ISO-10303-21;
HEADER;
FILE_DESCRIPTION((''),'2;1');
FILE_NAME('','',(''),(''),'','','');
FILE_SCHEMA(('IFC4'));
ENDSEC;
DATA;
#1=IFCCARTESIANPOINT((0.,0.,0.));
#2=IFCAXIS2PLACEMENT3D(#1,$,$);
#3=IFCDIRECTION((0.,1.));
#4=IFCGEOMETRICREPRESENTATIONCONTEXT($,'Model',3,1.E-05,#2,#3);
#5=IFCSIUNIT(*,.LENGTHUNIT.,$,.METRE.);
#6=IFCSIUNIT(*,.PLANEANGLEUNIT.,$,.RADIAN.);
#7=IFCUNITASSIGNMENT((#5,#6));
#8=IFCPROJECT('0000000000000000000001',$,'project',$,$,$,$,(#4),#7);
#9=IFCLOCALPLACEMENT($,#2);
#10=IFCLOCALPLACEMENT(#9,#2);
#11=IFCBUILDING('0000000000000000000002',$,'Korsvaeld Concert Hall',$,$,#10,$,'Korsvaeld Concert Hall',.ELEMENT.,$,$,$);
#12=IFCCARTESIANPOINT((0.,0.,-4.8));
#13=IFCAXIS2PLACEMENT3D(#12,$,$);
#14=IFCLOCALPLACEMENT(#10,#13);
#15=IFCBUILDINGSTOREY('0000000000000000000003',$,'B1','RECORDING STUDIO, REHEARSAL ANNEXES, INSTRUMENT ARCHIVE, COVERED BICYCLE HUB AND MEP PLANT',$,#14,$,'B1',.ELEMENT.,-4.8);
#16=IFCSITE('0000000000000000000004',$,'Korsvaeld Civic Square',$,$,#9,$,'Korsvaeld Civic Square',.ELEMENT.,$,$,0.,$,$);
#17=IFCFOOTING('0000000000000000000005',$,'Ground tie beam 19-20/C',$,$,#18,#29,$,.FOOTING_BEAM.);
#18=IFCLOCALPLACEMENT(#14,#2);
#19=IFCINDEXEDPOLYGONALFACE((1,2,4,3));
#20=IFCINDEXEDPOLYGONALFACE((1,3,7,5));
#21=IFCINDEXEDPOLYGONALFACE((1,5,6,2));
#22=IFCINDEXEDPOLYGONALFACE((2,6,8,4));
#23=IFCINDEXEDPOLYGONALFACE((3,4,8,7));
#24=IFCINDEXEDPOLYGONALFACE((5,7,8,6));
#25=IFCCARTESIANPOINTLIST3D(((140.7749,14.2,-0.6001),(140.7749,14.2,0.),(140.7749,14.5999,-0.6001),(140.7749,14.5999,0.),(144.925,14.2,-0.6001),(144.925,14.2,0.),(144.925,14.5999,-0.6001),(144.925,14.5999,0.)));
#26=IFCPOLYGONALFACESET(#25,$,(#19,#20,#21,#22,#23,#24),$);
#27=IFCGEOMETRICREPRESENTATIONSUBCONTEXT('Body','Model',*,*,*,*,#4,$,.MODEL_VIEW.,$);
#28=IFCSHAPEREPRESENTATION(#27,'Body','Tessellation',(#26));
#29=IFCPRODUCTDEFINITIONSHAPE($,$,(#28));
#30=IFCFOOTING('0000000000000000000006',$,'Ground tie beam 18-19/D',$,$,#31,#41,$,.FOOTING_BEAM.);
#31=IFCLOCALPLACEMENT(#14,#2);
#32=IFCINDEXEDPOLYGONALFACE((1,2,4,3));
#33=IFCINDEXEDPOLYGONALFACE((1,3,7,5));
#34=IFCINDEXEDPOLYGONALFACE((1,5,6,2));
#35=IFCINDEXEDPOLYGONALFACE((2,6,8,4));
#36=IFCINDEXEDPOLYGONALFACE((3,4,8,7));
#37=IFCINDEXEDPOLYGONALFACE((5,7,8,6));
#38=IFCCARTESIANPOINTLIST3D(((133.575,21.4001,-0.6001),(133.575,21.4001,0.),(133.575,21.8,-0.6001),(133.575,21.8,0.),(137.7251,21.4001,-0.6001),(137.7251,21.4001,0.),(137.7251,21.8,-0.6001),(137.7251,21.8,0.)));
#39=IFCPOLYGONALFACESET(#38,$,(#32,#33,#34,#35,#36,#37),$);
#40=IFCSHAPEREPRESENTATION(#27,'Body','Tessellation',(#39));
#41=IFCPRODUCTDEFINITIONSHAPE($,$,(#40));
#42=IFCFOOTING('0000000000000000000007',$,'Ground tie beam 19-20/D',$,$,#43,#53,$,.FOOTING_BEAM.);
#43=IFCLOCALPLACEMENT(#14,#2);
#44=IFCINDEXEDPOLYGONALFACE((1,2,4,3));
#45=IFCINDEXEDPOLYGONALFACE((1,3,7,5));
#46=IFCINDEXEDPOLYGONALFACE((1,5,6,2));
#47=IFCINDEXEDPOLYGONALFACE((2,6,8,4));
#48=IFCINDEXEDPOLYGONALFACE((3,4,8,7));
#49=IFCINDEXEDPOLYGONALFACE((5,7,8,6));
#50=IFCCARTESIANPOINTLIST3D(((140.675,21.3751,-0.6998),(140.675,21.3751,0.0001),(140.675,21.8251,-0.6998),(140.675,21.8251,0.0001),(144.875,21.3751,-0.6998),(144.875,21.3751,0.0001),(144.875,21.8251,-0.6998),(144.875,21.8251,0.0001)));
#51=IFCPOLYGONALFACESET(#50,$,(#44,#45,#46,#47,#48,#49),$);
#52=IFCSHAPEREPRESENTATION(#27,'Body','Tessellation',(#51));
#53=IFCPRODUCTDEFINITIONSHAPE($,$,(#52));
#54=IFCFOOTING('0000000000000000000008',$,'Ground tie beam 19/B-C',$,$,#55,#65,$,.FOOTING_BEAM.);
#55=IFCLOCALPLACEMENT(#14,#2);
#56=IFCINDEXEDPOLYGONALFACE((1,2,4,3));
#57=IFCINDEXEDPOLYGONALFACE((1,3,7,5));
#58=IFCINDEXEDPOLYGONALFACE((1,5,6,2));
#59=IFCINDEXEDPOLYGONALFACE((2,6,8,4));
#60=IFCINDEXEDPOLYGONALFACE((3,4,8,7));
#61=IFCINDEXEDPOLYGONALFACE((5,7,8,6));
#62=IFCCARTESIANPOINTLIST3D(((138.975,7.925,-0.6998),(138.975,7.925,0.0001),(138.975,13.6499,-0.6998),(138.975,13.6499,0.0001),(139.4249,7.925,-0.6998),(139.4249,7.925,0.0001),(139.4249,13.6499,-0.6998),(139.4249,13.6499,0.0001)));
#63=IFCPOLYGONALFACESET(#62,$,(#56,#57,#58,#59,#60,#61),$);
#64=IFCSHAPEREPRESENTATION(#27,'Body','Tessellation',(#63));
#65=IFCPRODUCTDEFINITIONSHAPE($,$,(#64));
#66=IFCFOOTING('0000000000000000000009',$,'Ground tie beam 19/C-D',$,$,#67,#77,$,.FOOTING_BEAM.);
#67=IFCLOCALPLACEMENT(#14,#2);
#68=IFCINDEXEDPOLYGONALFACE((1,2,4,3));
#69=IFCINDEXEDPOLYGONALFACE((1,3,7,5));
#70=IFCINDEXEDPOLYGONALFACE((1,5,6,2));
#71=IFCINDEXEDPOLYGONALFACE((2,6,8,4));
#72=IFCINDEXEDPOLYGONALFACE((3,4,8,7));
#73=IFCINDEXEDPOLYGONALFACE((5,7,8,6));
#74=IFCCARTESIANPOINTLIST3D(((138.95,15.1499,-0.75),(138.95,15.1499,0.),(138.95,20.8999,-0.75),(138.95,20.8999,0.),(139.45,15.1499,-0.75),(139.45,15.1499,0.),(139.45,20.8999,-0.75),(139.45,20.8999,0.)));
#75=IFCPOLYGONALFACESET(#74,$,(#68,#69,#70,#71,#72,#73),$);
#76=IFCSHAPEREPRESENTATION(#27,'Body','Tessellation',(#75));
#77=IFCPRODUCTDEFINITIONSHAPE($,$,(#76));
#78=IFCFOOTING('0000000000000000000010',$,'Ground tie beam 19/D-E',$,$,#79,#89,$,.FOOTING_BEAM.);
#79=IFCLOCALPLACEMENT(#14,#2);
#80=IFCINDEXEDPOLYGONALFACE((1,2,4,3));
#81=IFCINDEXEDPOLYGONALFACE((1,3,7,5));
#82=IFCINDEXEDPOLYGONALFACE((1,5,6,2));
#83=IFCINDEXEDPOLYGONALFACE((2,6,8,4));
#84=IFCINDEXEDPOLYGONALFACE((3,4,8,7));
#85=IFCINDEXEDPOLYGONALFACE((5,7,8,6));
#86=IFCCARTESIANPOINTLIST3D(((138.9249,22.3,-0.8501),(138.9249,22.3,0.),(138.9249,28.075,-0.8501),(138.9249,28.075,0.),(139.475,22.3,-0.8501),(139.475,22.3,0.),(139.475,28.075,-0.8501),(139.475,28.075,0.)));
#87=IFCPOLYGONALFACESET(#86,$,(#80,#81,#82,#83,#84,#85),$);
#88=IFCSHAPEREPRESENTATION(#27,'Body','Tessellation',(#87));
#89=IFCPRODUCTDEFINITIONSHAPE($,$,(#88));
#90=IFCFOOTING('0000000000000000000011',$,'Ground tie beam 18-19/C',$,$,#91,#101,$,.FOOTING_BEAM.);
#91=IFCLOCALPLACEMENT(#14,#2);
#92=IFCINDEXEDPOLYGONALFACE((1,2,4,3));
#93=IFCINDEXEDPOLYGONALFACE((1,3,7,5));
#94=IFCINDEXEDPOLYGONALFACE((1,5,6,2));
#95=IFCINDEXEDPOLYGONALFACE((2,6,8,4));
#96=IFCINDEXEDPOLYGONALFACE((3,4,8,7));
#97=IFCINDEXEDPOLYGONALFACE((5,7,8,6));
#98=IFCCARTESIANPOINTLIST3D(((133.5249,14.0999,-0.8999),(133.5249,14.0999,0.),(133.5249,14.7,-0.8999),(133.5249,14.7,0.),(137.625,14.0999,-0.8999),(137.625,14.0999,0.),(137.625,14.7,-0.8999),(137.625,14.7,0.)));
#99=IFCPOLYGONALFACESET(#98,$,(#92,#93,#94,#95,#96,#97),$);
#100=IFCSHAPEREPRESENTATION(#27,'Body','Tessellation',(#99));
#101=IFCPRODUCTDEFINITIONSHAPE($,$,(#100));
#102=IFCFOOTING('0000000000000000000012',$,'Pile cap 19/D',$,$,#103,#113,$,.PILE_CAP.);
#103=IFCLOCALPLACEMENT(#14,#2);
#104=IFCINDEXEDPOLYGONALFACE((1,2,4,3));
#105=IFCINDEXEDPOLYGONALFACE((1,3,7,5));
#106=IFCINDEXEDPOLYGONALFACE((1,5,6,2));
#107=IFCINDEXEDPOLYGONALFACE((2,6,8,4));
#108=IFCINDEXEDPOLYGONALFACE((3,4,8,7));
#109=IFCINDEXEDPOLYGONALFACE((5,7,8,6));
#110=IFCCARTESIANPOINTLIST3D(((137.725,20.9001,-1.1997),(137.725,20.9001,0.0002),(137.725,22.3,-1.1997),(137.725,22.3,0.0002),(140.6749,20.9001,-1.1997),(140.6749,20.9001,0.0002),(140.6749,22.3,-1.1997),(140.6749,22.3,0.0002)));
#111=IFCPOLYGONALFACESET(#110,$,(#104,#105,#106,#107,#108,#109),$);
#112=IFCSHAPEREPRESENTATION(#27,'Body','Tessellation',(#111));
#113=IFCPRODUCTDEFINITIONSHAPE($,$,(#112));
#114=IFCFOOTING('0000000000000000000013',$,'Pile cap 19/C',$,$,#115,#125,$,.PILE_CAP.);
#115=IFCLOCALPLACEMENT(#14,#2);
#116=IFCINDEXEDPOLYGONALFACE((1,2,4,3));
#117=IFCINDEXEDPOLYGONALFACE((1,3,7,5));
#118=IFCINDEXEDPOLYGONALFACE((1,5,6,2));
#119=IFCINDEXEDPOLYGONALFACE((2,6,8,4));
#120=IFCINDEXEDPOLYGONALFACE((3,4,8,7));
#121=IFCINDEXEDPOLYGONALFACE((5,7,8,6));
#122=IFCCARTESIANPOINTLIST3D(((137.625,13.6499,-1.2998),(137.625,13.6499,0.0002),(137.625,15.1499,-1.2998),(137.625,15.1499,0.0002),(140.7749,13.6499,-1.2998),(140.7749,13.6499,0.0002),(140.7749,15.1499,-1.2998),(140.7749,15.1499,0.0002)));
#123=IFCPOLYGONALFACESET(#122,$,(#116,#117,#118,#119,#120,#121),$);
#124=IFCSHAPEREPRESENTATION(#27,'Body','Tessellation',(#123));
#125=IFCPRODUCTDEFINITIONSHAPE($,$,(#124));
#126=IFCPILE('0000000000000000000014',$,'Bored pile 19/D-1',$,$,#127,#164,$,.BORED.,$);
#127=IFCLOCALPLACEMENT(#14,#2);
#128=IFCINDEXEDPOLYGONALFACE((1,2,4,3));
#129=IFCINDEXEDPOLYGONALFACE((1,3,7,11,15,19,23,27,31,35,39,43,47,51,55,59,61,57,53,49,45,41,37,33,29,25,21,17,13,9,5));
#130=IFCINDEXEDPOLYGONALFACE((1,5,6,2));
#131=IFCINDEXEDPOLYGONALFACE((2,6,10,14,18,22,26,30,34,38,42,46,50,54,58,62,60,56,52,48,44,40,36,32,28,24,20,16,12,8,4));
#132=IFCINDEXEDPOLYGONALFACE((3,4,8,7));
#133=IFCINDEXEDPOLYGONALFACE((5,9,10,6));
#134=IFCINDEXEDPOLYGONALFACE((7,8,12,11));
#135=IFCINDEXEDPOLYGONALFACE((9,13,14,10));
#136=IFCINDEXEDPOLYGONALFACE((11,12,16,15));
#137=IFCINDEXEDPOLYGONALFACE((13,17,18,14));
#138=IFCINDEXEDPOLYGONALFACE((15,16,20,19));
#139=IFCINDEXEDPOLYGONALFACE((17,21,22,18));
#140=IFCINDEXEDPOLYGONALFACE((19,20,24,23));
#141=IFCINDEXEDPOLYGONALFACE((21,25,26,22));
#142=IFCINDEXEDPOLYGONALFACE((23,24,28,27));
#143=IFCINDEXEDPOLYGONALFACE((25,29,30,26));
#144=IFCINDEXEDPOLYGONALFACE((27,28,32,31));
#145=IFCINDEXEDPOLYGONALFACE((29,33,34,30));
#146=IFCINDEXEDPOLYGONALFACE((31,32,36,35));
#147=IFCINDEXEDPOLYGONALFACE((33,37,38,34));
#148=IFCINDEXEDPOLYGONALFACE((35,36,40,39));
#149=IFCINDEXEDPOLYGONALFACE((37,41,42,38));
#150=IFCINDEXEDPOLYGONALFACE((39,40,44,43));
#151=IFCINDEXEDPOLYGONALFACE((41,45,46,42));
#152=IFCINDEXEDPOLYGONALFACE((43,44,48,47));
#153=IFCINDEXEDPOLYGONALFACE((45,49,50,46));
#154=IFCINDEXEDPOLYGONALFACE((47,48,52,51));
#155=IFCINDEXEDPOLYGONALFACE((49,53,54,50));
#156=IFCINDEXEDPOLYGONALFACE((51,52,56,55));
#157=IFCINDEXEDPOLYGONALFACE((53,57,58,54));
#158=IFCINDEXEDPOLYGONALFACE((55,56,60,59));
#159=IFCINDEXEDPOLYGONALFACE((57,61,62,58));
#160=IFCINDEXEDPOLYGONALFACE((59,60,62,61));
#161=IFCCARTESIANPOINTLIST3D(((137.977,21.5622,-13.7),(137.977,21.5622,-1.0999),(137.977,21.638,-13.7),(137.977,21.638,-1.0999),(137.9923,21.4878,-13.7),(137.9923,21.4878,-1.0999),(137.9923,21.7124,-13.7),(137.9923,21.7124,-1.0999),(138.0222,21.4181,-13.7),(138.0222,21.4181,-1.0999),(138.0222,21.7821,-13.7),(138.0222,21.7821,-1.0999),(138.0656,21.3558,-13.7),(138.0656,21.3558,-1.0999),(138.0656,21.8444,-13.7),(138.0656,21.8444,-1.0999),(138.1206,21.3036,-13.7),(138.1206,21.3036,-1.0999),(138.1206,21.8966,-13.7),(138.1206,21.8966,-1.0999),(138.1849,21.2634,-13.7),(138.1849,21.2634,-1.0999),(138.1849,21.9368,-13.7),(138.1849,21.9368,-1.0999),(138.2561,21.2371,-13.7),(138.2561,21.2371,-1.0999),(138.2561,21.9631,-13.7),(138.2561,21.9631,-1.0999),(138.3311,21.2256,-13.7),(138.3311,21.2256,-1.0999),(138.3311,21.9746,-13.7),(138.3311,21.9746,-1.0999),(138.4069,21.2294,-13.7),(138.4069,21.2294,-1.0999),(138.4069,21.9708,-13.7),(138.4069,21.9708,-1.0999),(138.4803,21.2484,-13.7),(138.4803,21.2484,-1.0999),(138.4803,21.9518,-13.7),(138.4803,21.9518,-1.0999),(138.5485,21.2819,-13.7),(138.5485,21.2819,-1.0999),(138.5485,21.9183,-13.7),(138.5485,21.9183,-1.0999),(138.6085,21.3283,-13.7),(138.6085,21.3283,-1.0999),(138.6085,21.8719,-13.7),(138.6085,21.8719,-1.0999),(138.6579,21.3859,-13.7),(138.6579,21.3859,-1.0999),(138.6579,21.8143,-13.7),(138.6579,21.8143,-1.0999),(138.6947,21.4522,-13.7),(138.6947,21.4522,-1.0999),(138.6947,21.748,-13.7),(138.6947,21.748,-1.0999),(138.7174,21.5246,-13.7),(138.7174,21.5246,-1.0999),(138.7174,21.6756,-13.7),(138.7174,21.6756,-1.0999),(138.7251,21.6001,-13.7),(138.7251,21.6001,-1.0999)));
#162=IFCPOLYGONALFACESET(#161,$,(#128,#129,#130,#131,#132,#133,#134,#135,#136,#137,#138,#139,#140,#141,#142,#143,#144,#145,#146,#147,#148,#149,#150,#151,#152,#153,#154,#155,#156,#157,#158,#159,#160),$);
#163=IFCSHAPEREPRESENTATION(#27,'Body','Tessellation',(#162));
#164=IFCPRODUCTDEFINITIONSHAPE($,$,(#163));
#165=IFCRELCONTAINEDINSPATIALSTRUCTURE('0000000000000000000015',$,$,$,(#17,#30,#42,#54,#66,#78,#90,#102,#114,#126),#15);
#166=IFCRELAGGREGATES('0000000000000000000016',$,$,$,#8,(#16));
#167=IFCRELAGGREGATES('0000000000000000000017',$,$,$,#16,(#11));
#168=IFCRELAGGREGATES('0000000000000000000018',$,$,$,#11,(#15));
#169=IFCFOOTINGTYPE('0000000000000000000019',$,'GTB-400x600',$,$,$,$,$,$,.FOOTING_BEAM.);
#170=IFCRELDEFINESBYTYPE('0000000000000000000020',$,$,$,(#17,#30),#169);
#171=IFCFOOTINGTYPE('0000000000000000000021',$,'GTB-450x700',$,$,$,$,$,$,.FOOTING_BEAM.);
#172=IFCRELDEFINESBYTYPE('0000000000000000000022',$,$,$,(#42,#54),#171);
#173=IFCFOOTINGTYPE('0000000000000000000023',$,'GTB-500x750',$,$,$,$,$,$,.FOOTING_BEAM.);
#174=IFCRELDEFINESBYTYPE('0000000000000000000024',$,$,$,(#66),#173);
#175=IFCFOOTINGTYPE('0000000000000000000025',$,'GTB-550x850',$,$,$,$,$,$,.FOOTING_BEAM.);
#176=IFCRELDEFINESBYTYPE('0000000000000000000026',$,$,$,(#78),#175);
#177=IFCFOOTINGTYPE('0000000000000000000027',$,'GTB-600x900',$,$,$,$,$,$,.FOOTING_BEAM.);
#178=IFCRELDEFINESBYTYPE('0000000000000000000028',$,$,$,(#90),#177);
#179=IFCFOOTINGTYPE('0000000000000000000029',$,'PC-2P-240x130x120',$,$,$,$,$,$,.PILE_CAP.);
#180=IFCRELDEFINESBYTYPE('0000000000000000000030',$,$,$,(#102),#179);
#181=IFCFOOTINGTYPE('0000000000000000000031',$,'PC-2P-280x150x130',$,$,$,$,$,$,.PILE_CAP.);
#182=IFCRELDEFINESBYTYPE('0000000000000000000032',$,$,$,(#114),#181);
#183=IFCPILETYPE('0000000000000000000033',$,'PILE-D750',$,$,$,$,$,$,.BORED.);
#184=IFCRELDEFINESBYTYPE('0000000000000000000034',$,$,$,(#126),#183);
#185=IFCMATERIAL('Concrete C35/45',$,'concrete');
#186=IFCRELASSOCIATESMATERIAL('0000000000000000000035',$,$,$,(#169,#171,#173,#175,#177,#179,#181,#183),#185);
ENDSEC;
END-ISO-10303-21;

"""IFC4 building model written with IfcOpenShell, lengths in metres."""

from ifc_helpers import new_model, si_unit, direction, frame, origin, origin_2d, place, context, subcontext, project, spatial, rectangle, circle, extrude, material, material_profile, profile_set, type_object, element, save


model = new_model("IFC4")

# Units and contexts
model_context = context("Model", 3, precision=1e-05, world=origin(), true_north=direction((0.0, 1.0)))
body_context = subcontext(model_context, "Body", "Model", "MODEL_VIEW")
ifc_project = project(units=[si_unit("LENGTHUNIT", "METRE"), si_unit("PLANEANGLEUNIT", "RADIAN")], contexts=[model_context])

# Site, building, storey
site_placement = place(None, origin())
site = spatial("IfcSite", under=ifc_project, at=site_placement, Name="Korsvaeld Civic Square", LongName="Korsvaeld Civic Square", CompositionType="ELEMENT", RefElevation=0.0)
building_placement = place(site_placement, origin())
building = spatial("IfcBuilding", under=site, at=building_placement, Name="Korsvaeld Concert Hall", LongName="Korsvaeld Concert Hall", CompositionType="ELEMENT")
storey_placement = place(building_placement, frame((0.0, 0.0, -4.8)))
storey = spatial("IfcBuildingStorey", under=building, at=storey_placement, Name="B1", Description="RECORDING STUDIO, REHEARSAL ANNEXES, INSTRUMENT ARCHIVE, COVERED BICYCLE HUB AND MEP PLANT", LongName="B1", CompositionType="ELEMENT", Elevation=-4.8)

# Footings
ifc_material_1 = material(Name="Concrete C35/45", Category="concrete")
ifc_material_profile_1 = material_profile(ifc_material_1, rectangle(XDim=0.3999, YDim=0.6001, at=origin_2d()), Name="GTB 400x600")
ifc_profile_set_1 = profile_set([ifc_material_profile_1], Name="Concrete C35/45")
footing_type_1 = type_object("IfcFootingType", Name="GTB-400x600", PredefinedType="FOOTING_BEAM", material=ifc_profile_set_1)
for number, where, z_axis, x_axis, name in (
    (1, (140.7749, 14.3999, -0.3), (1.0, 0.0, 0.0), (0.0, 1.0, 0.0), "Ground tie beam 19-20/C"),
    (2, (133.575, 21.6001, -0.3), (1.0, 0.0, 0.0), (0.0, 1.0, 0.0), "Ground tie beam 18-19/D"),
):
    element("IfcFooting", number, at=place(storey_placement, frame(where, z_axis=z_axis, x_axis=x_axis)), inside=storey, type_object=footing_type_1, Name=name, PredefinedType="FOOTING_BEAM", context=body_context, shape_type="SweptSolid", body=[
        extrude(rectangle(XDim=0.3999, YDim=0.6001, at=origin_2d()), origin(), (0.0, 0.0, 1.0), 4.1501),
    ])
ifc_material_profile_2 = material_profile(ifc_material_1, rectangle(XDim=0.45, YDim=0.7, at=origin_2d()), Name="GTB 450x700")
ifc_profile_set_2 = profile_set([ifc_material_profile_2], Name="Concrete C35/45")
footing_type_2 = type_object("IfcFootingType", Name="GTB-450x700", PredefinedType="FOOTING_BEAM", material=ifc_profile_set_2)
footing_1_placement = place(storey_placement, frame((140.675, 21.6001, -0.3499), z_axis=(1.0, 0.0, 0.0), x_axis=(0.0, 1.0, 0.0)))
element("IfcFooting", 3, at=footing_1_placement, inside=storey, type_object=footing_type_2, Name="Ground tie beam 19-20/D", PredefinedType="FOOTING_BEAM", context=body_context, shape_type="SweptSolid", body=[
    extrude(rectangle(XDim=0.45, YDim=0.7, at=origin_2d()), origin(), (0.0, 0.0, 1.0), 4.2),
])
footing_2_placement = place(storey_placement, frame((139.2, 7.925, -0.3499), z_axis=(0.0, 1.0, 0.0), x_axis=(-1.0, 0.0, 0.0)))
element("IfcFooting", 4, at=footing_2_placement, inside=storey, type_object=footing_type_2, Name="Ground tie beam 19/B-C", PredefinedType="FOOTING_BEAM", context=body_context, shape_type="SweptSolid", body=[
    extrude(rectangle(XDim=0.45, YDim=0.7, at=origin_2d()), origin(), (0.0, 0.0, 1.0), 5.7249),
])
ifc_material_profile_3 = material_profile(ifc_material_1, rectangle(XDim=0.5, YDim=0.75, at=origin_2d()), Name="GTB 500x750")
ifc_profile_set_3 = profile_set([ifc_material_profile_3], Name="Concrete C35/45")
footing_type_3 = type_object("IfcFootingType", Name="GTB-500x750", PredefinedType="FOOTING_BEAM", material=ifc_profile_set_3)
footing_3_placement = place(storey_placement, frame((139.2, 15.1499, -0.375), z_axis=(0.0, 1.0, 0.0), x_axis=(-1.0, 0.0, 0.0)))
element("IfcFooting", 5, at=footing_3_placement, inside=storey, type_object=footing_type_3, Name="Ground tie beam 19/C-D", PredefinedType="FOOTING_BEAM", context=body_context, shape_type="SweptSolid", body=[
    extrude(rectangle(XDim=0.5, YDim=0.75, at=origin_2d()), origin(), (0.0, 0.0, 1.0), 5.75),
])
ifc_material_profile_4 = material_profile(ifc_material_1, rectangle(XDim=0.55, YDim=0.8501, at=origin_2d()), Name="GTB 550x850")
ifc_profile_set_4 = profile_set([ifc_material_profile_4], Name="Concrete C35/45")
footing_type_4 = type_object("IfcFootingType", Name="GTB-550x850", PredefinedType="FOOTING_BEAM", material=ifc_profile_set_4)
footing_4_placement = place(storey_placement, frame((139.2, 22.3, -0.425), z_axis=(0.0, 1.0, 0.0), x_axis=(-1.0, 0.0, 0.0)))
element("IfcFooting", 6, at=footing_4_placement, inside=storey, type_object=footing_type_4, Name="Ground tie beam 19/D-E", PredefinedType="FOOTING_BEAM", context=body_context, shape_type="SweptSolid", body=[
    extrude(rectangle(XDim=0.55, YDim=0.8501, at=origin_2d()), origin(), (0.0, 0.0, 1.0), 5.7749),
])
ifc_material_profile_5 = material_profile(ifc_material_1, rectangle(XDim=0.6001, YDim=0.8999, at=origin_2d()), Name="GTB 600x900")
ifc_profile_set_5 = profile_set([ifc_material_profile_5], Name="Concrete C35/45")
footing_type_5 = type_object("IfcFootingType", Name="GTB-600x900", PredefinedType="FOOTING_BEAM", material=ifc_profile_set_5)
footing_5_placement = place(storey_placement, frame((133.5249, 14.3999, -0.45), z_axis=(1.0, 0.0, 0.0), x_axis=(0.0, 1.0, 0.0)))
element("IfcFooting", 7, at=footing_5_placement, inside=storey, type_object=footing_type_5, Name="Ground tie beam 18-19/C", PredefinedType="FOOTING_BEAM", context=body_context, shape_type="SweptSolid", body=[
    extrude(rectangle(XDim=0.6001, YDim=0.8999, at=origin_2d()), origin(), (0.0, 0.0, 1.0), 4.1001),
])
footing_type_6 = type_object("IfcFootingType", Name="PC-2P-240x130x120", PredefinedType="PILE_CAP", material=ifc_material_1)
footing_6_placement = place(storey_placement, frame((139.2, 21.6001, -1.1997), z_axis=(0.0, 0.0, 1.0), x_axis=(1.0, 0.0, 0.0)))
element("IfcFooting", 8, at=footing_6_placement, inside=storey, type_object=footing_type_6, Name="Pile cap 19/D", PredefinedType="PILE_CAP", context=body_context, shape_type="SweptSolid", body=[
    extrude(rectangle(XDim=2.95, YDim=1.3999, at=origin_2d()), origin(), (0.0, 0.0, 1.0), 1.2),
])
footing_type_7 = type_object("IfcFootingType", Name="PC-2P-280x150x130", PredefinedType="PILE_CAP", material=ifc_material_1)
footing_7_placement = place(storey_placement, frame((139.2, 14.3999, -1.2998), z_axis=(0.0, 0.0, 1.0), x_axis=(1.0, 0.0, 0.0)))
element("IfcFooting", 9, at=footing_7_placement, inside=storey, type_object=footing_type_7, Name="Pile cap 19/C", PredefinedType="PILE_CAP", context=body_context, shape_type="SweptSolid", body=[
    extrude(rectangle(XDim=3.1499, YDim=1.5, at=origin_2d()), origin(), (0.0, 0.0, 1.0), 1.3),
])

# Pile
ifc_material_profile_6 = material_profile(ifc_material_1, circle(Radius=0.375, at=origin_2d()), Name="BORED PILE D750")
ifc_profile_set_6 = profile_set([ifc_material_profile_6], Name="Concrete C35/45")
pile_type_1 = type_object("IfcPileType", Name="PILE-D750", PredefinedType="BORED", material=ifc_profile_set_6)
for number, where, z_axis, x_axis, name in (
    (10, (138.3501, 21.6001, -1.0999), (0.0, 0.0, -1.0), (1.0, 0.0, 0.0), "Bored pile 19/D-1"),
):
    element("IfcPile", number, at=place(storey_placement, frame(where, z_axis=z_axis, x_axis=x_axis)), inside=storey, type_object=pile_type_1, Name=name, PredefinedType="BORED", context=body_context, shape_type="SweptSolid", body=[
        extrude(circle(Radius=0.375, at=origin_2d()), origin(), (0.0, 0.0, 1.0), 12.6001),
    ])

save(model, "model.ifc")
